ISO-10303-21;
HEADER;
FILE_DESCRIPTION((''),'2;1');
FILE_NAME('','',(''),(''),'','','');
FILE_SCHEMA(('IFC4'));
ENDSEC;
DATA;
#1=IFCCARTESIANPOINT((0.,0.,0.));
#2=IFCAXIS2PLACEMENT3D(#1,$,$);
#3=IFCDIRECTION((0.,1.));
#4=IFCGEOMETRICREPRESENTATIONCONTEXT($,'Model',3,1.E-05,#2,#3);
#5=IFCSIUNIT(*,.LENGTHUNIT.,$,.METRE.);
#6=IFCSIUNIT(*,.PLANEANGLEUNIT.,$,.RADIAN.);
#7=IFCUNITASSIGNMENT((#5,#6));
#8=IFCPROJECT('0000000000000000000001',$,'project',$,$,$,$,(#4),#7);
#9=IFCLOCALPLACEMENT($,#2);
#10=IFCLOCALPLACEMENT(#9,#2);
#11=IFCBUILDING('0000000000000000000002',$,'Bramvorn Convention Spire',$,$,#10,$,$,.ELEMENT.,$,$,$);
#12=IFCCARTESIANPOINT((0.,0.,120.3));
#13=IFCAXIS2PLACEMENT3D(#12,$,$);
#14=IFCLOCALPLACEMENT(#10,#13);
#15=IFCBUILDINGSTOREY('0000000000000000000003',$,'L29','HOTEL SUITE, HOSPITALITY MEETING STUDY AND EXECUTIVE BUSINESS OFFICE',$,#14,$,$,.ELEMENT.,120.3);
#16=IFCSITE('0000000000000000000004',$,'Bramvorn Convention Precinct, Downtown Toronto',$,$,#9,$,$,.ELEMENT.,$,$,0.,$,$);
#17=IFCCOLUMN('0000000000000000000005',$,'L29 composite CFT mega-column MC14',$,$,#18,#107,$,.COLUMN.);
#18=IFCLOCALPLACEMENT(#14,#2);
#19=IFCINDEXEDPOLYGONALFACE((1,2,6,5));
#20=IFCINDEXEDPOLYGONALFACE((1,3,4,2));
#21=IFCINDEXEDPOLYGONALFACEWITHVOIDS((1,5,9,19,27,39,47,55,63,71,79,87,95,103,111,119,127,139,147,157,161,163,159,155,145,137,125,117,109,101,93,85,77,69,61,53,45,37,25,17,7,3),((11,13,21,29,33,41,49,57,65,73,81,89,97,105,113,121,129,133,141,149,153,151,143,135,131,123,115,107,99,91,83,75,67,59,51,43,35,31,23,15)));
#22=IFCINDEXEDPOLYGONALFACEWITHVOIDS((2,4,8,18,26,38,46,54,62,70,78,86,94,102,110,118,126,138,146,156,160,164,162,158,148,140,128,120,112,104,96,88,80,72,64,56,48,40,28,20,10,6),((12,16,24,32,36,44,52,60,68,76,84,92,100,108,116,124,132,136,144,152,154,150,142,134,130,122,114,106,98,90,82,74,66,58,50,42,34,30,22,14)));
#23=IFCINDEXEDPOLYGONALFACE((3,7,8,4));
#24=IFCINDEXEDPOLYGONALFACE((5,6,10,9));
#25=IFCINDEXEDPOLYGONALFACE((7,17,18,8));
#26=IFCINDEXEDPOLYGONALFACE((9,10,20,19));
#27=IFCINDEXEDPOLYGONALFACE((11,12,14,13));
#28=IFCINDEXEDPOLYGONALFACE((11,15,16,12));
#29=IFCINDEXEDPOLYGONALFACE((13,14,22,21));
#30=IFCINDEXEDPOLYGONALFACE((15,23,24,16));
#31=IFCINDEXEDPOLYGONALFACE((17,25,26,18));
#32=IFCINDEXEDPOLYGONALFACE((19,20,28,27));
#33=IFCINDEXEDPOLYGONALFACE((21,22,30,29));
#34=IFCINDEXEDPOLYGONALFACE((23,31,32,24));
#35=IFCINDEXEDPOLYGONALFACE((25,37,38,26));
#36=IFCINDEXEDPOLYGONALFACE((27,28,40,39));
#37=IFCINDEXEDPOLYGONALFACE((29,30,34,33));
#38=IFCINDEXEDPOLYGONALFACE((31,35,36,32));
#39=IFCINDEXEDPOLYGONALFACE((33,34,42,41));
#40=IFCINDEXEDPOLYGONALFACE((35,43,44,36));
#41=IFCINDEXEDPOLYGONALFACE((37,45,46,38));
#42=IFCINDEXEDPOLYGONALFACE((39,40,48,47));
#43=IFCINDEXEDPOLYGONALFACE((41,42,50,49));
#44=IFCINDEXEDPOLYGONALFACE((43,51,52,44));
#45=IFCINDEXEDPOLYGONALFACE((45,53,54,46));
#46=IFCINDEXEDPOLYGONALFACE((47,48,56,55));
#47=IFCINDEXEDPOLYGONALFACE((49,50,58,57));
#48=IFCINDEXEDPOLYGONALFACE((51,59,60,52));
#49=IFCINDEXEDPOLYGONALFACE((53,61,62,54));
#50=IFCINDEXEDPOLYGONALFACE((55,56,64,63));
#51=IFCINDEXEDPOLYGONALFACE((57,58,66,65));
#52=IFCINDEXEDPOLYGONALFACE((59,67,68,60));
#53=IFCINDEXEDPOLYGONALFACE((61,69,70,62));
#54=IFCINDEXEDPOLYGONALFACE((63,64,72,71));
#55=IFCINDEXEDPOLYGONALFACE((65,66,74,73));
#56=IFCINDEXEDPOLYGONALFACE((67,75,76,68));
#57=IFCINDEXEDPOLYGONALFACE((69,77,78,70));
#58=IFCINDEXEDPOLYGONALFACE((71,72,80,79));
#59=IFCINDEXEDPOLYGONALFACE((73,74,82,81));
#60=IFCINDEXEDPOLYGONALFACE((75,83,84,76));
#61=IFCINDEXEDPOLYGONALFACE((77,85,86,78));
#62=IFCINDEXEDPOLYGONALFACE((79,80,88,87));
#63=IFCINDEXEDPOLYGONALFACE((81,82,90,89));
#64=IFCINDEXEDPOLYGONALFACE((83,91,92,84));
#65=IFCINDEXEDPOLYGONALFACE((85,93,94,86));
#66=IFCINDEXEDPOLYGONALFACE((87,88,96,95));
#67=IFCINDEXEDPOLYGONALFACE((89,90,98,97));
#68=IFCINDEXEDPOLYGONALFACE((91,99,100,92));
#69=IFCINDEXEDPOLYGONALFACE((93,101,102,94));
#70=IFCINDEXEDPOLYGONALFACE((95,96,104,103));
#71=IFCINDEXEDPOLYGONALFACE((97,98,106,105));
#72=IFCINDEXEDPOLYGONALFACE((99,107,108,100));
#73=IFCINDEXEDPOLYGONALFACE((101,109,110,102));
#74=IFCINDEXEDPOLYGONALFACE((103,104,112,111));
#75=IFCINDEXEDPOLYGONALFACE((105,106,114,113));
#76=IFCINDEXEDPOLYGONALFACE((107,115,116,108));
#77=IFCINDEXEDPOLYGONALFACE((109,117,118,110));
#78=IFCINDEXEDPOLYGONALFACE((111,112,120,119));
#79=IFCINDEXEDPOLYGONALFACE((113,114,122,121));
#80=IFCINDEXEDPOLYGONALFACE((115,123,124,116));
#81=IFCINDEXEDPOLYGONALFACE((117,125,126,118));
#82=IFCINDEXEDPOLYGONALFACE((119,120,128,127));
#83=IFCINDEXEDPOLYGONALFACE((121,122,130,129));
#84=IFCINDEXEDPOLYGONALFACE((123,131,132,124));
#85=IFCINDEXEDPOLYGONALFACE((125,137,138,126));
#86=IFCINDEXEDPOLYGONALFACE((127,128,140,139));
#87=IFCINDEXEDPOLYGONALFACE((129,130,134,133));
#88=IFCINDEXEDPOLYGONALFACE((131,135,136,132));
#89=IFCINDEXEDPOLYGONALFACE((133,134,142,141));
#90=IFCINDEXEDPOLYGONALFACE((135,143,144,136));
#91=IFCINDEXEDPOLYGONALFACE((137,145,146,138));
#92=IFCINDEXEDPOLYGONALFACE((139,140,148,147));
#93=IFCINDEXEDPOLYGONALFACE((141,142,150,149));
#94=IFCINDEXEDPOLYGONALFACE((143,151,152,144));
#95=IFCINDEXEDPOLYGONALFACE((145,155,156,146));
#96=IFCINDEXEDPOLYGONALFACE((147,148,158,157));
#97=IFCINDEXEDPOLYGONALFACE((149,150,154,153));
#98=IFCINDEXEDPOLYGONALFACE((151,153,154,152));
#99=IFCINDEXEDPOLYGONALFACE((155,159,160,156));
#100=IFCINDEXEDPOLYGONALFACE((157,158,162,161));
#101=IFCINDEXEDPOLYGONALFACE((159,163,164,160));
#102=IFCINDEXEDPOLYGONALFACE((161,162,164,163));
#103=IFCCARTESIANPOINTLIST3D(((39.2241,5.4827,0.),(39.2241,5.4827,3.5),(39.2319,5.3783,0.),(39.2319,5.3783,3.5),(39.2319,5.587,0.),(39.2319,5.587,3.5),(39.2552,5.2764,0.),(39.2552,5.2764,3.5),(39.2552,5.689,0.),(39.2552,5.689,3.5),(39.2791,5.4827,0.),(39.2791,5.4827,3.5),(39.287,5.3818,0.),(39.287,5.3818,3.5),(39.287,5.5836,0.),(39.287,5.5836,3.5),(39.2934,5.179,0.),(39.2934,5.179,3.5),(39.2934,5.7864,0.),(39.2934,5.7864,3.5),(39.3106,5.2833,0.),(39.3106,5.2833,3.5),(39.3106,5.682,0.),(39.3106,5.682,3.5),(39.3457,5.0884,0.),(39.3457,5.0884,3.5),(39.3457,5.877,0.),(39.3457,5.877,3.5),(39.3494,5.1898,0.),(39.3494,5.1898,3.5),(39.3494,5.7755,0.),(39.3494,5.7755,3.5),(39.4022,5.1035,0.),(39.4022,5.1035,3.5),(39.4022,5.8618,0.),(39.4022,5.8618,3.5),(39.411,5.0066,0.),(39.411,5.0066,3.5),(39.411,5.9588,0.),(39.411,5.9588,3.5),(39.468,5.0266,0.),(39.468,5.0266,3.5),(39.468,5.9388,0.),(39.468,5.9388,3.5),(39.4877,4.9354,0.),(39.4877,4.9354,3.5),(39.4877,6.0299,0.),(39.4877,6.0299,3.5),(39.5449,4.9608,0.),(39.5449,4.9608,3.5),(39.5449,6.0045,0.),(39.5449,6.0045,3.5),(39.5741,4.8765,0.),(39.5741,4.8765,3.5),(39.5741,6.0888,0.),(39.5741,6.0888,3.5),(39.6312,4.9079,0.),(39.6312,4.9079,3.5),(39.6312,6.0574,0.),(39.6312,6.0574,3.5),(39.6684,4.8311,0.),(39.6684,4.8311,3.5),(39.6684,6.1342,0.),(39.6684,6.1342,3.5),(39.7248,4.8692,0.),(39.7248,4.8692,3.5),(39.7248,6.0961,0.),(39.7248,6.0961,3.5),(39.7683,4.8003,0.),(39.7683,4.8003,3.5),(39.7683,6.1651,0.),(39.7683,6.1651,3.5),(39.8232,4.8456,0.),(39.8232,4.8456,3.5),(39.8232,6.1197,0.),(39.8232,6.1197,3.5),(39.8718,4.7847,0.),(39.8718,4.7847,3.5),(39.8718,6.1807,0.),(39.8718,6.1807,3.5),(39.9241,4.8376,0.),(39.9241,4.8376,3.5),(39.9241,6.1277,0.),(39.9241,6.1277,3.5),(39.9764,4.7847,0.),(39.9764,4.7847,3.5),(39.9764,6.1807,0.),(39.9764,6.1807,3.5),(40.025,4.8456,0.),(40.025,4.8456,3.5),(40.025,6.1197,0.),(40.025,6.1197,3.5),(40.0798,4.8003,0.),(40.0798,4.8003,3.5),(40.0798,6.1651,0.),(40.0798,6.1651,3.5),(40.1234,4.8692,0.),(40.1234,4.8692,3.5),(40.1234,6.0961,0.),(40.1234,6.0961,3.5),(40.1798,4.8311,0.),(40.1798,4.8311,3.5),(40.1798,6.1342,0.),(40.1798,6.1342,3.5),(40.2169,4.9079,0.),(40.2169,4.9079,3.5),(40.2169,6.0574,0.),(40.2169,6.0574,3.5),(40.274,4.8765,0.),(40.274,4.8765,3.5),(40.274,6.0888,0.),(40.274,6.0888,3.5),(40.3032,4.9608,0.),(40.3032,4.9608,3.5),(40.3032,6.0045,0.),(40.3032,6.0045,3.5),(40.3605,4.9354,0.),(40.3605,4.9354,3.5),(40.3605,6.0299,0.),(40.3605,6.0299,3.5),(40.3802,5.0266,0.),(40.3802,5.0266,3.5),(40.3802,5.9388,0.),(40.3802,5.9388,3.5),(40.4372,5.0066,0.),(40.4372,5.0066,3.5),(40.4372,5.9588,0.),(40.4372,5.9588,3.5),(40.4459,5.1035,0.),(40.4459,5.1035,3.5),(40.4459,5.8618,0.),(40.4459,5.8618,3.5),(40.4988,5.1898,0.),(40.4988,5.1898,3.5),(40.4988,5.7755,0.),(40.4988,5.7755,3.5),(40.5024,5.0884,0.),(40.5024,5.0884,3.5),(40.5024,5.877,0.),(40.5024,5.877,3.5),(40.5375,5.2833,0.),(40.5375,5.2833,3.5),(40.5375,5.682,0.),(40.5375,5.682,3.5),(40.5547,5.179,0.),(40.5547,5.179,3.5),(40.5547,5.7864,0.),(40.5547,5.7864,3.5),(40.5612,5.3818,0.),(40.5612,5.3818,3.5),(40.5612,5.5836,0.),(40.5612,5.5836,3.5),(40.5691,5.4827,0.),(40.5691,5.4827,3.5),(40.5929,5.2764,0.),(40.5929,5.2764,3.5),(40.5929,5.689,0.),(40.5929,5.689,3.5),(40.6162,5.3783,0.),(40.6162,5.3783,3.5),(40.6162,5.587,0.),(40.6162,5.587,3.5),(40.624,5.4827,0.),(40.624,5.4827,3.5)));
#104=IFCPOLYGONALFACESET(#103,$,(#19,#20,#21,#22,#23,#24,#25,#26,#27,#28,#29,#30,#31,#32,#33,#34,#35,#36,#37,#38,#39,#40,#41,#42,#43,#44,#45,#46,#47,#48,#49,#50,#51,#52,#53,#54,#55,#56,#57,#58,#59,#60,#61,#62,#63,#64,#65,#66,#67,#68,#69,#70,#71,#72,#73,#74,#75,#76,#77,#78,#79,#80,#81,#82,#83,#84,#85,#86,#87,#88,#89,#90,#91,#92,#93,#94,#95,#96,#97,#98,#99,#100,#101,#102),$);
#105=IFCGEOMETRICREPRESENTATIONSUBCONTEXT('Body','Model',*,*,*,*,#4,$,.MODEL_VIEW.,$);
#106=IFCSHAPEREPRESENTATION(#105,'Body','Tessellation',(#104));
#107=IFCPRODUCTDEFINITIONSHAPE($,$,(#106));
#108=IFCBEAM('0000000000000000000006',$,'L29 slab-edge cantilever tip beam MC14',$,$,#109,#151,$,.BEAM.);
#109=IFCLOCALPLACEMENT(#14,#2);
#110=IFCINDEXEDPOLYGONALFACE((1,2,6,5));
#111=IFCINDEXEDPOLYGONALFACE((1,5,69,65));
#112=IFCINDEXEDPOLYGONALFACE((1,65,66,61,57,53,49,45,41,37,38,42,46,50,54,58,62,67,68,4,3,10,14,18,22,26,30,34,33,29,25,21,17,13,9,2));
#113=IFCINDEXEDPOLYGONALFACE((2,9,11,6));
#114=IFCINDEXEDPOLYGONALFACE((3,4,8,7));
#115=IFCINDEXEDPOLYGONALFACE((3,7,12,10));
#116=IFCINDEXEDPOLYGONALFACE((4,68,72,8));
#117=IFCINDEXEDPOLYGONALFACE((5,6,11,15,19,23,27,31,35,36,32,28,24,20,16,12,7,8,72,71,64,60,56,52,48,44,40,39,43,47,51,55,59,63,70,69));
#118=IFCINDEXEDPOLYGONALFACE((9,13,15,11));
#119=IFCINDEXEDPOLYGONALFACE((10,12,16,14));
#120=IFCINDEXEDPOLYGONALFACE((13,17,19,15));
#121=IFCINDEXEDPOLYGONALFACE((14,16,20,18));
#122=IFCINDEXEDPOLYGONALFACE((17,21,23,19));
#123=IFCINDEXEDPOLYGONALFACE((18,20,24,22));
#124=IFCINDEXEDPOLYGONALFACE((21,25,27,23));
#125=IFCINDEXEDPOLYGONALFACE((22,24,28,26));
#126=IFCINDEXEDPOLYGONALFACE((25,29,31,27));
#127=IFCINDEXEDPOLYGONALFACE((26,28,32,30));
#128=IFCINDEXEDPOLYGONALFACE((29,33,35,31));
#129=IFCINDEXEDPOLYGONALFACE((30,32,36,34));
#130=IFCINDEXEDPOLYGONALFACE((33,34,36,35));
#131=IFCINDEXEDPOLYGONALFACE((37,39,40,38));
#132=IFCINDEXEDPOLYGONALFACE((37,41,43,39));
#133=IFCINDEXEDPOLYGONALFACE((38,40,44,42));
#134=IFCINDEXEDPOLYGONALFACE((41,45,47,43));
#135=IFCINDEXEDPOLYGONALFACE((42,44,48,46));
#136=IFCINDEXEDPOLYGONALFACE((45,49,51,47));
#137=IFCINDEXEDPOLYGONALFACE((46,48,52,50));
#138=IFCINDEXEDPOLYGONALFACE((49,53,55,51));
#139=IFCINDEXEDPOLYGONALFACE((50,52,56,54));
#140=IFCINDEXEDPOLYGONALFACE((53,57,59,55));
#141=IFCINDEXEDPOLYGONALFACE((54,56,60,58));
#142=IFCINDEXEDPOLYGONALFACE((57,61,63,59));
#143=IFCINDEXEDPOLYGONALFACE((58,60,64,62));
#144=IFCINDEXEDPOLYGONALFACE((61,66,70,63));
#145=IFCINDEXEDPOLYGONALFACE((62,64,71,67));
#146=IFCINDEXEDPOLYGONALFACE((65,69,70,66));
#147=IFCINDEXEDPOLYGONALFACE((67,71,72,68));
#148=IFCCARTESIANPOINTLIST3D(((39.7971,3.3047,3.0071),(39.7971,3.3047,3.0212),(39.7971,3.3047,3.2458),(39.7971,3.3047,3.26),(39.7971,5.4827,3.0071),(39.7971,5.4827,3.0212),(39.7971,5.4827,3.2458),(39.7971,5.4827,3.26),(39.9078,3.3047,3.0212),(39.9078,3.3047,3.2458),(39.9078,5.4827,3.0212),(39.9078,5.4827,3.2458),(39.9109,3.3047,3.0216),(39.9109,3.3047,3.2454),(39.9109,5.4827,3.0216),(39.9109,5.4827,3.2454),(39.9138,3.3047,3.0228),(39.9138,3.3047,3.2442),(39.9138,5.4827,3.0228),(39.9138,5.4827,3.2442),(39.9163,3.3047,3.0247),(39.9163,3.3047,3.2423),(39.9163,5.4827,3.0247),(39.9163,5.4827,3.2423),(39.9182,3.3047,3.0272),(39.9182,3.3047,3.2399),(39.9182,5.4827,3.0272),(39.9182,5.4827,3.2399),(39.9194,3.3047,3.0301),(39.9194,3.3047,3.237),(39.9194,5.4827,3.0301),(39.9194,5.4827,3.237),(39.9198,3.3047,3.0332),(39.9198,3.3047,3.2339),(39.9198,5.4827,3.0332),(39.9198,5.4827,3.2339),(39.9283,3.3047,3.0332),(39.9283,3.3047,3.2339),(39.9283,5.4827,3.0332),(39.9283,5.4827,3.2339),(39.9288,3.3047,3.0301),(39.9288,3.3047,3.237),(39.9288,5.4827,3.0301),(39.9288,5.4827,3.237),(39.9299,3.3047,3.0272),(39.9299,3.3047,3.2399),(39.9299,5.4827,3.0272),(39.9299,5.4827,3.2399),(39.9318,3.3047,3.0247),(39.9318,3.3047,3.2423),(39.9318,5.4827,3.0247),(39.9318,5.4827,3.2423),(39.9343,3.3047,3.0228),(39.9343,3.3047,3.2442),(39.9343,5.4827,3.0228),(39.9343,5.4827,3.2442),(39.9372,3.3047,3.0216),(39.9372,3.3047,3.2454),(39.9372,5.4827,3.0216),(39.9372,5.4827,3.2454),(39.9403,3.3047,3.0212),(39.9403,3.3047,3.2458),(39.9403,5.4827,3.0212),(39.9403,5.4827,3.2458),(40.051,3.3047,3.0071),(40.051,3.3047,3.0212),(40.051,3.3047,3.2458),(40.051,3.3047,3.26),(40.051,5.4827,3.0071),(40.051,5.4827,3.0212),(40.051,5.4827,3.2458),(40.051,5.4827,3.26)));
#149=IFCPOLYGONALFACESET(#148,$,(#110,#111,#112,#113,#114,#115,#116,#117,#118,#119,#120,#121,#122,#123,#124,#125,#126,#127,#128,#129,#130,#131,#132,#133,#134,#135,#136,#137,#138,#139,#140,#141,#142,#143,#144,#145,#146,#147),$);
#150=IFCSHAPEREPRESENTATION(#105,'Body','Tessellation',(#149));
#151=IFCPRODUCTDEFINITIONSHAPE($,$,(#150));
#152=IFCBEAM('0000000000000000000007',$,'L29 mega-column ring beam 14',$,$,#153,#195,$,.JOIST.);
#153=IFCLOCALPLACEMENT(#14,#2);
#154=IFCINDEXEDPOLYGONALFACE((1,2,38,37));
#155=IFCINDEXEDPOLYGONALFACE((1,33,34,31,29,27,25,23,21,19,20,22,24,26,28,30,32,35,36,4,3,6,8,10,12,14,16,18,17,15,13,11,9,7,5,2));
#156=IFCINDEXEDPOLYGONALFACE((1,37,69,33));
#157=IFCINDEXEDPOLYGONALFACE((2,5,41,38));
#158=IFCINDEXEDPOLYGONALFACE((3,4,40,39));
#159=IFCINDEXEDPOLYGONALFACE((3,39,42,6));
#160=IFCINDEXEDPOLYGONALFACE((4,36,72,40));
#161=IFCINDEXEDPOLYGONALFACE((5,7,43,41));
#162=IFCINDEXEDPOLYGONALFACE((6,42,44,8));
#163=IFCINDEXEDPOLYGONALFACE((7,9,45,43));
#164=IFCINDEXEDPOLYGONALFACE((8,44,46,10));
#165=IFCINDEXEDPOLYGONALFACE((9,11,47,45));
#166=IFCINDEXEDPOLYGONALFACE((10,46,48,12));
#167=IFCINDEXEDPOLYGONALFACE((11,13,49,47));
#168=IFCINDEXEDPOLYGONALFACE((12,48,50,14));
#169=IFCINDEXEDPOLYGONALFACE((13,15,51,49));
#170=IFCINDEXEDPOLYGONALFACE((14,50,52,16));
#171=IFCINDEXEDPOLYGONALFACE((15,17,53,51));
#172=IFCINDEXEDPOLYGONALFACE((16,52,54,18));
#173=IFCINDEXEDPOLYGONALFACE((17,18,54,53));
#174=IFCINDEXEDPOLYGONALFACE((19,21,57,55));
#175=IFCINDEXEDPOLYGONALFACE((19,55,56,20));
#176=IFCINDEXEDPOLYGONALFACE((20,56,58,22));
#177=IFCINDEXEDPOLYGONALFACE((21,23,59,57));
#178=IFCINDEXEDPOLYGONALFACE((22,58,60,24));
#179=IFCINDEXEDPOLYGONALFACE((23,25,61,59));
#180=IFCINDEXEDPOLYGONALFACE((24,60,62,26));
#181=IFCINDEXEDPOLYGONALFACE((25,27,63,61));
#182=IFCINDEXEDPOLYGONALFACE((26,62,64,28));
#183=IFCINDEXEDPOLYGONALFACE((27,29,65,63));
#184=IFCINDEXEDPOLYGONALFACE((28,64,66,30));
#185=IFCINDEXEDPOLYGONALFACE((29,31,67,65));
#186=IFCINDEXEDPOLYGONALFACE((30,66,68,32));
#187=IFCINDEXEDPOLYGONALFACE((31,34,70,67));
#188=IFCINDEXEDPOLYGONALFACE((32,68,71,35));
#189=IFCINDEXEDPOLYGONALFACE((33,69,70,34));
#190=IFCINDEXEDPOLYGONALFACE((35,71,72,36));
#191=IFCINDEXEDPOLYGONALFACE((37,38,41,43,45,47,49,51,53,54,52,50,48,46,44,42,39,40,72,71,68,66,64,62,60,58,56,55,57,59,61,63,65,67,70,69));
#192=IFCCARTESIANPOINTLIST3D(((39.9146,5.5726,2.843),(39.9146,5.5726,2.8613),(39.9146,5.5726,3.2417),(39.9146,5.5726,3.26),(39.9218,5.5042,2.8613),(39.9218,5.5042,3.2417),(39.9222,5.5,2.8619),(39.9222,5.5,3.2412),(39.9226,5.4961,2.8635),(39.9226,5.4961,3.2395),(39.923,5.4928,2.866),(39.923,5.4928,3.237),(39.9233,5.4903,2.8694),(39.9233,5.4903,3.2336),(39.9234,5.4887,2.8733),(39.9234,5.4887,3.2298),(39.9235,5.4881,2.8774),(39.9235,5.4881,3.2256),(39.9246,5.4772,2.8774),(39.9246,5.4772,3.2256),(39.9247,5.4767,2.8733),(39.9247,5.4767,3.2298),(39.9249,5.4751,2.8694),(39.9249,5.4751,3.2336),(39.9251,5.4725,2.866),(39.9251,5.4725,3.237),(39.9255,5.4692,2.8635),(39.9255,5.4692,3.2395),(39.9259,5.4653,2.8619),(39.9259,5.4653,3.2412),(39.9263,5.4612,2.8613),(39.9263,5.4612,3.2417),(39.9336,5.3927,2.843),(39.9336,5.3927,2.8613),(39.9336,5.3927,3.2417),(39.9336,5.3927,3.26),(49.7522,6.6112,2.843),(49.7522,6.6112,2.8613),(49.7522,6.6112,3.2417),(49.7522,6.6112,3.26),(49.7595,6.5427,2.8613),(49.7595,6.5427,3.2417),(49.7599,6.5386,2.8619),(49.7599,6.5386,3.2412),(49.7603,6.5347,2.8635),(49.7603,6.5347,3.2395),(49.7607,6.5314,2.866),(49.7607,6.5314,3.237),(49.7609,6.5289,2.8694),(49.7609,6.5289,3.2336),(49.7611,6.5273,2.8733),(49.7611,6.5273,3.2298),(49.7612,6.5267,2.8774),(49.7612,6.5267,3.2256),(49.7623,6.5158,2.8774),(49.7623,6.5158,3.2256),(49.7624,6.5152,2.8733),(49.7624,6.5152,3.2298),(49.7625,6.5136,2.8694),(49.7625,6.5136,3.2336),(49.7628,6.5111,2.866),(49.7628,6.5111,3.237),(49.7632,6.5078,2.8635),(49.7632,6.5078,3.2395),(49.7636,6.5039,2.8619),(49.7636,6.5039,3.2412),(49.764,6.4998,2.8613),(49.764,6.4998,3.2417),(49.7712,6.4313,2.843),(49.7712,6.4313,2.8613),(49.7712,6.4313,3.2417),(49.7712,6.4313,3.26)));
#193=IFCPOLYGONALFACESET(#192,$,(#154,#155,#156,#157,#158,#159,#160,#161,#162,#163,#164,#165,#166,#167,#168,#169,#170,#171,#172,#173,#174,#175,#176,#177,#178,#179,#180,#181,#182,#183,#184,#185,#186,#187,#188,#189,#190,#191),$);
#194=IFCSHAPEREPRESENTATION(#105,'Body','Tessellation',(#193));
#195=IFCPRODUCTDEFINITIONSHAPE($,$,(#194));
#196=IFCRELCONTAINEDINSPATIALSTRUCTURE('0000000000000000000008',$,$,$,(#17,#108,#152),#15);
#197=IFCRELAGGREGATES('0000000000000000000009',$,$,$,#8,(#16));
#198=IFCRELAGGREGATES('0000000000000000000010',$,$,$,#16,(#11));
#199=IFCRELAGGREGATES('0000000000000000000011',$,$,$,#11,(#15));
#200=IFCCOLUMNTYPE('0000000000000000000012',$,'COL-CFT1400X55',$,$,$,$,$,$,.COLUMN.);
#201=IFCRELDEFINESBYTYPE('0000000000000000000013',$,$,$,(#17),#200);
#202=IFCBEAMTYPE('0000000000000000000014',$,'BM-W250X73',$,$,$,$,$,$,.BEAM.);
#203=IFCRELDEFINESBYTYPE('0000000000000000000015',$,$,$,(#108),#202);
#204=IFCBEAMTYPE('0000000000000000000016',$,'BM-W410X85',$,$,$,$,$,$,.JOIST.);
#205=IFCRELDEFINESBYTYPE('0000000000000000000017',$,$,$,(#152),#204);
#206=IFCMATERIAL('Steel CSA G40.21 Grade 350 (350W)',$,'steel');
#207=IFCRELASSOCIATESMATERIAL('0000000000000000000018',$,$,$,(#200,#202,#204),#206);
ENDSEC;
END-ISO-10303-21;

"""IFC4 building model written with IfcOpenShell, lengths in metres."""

from ifc_helpers import new_model, si_unit, direction, frame, origin, origin_2d, place, context, subcontext, project, spatial, hollow_circle, i_section, extrude, material, material_profile, profile_set, type_object, element, save


model = new_model("IFC4")

# Units and contexts
model_context = context("Model", 3, precision=1e-05, world=origin(), true_north=direction((0.0, 1.0)))
body_context = subcontext(model_context, "Body", "Model", "MODEL_VIEW")
ifc_project = project(units=[si_unit("LENGTHUNIT", "METRE"), si_unit("PLANEANGLEUNIT", "RADIAN")], contexts=[model_context])

# Site, building, storey
site_placement = place(None, origin())
site = spatial("IfcSite", under=ifc_project, at=site_placement, Name="Bramvorn Convention Precinct, Downtown Toronto", CompositionType="ELEMENT", RefElevation=0.0)
building_placement = place(site_placement, origin())
building = spatial("IfcBuilding", under=site, at=building_placement, Name="Bramvorn Convention Spire", CompositionType="ELEMENT")
storey_placement = place(building_placement, frame((0.0, 0.0, 120.3)))
storey = spatial("IfcBuildingStorey", under=building, at=storey_placement, Name="L29", Description="HOTEL SUITE, HOSPITALITY MEETING STUDY AND EXECUTIVE BUSINESS OFFICE", CompositionType="ELEMENT", Elevation=120.3)

# Column
ifc_material_1 = material(Name="Steel CSA G40.21 Grade 350 (350W)", Category="steel")
ifc_material_profile_1 = material_profile(ifc_material_1, hollow_circle(Radius=0.7, WallThickness=0.0549, at=origin_2d()))
ifc_profile_set_1 = profile_set([ifc_material_profile_1], Name="Steel CSA G40.21 Grade 350 (350W) - CFT1400X55")
column_type = type_object("IfcColumnType", Name="COL-CFT1400X55", PredefinedType="COLUMN", material=ifc_profile_set_1)
column_placement = place(storey_placement, frame((39.9241, 5.4827, 0.0), z_axis=(0.0, 0.0, 1.0), x_axis=(1.0, 0.0, 0.0)))
element("IfcColumn", 1, at=column_placement, inside=storey, type_object=column_type, Name="L29 composite CFT mega-column MC14", PredefinedType="COLUMN", context=body_context, shape_type="SweptSolid", body=[
    extrude(hollow_circle(Radius=0.7, WallThickness=0.0549, at=origin_2d()), origin(), (0.0, 0.0, 1.0), 3.5),
])

# Beams
ifc_material_profile_2 = material_profile(ifc_material_1, i_section(OverallWidth=0.2539, OverallDepth=0.2529, WebThickness=0.0085, FlangeThickness=0.0142, FilletRadius=0.012, at=origin_2d()))
ifc_profile_set_2 = profile_set([ifc_material_profile_2], Name="Steel CSA G40.21 Grade 350 (350W) - W250X73")
beam_type_1 = type_object("IfcBeamType", Name="BM-W250X73", PredefinedType="BEAM", material=ifc_profile_set_2)
beam_1_placement = place(storey_placement, frame((39.9241, 5.4827, 3.1335), z_axis=(0.0, -1.0, 0.0), x_axis=(1.0, 0.0, 0.0)))
element("IfcBeam", 2, at=beam_1_placement, inside=storey, type_object=beam_type_1, Name="L29 slab-edge cantilever tip beam MC14", PredefinedType="BEAM", context=body_context, shape_type="SweptSolid", body=[
    extrude(i_section(OverallWidth=0.2539, OverallDepth=0.2529, WebThickness=0.0085, FlangeThickness=0.0142, FilletRadius=0.012, at=origin_2d()), origin(), (0.0, 0.0, 1.0), 2.178),
])
ifc_material_profile_3 = material_profile(ifc_material_1, i_section(OverallWidth=0.1809, OverallDepth=0.417, WebThickness=0.011, FlangeThickness=0.0183, FilletRadius=0.0161, at=origin_2d()))
ifc_profile_set_3 = profile_set([ifc_material_profile_3], Name="Steel CSA G40.21 Grade 350 (350W) - W410X85")
beam_type_2 = type_object("IfcBeamType", Name="BM-W410X85", PredefinedType="JOIST", material=ifc_profile_set_3)
beam_2_placement = place(storey_placement, frame((39.9241, 5.4827, 3.0515), z_axis=(0.994473, 0.104988, 0.0), x_axis=(-0.104988, 0.994473, 0.0)))
element("IfcBeam", 3, at=beam_2_placement, inside=storey, type_object=beam_type_2, Name="L29 mega-column ring beam 14", PredefinedType="JOIST", context=body_context, shape_type="SweptSolid", body=[
    extrude(i_section(OverallWidth=0.1809, OverallDepth=0.417, WebThickness=0.011, FlangeThickness=0.0183, FilletRadius=0.0161, at=origin_2d()), origin(), (0.0, 0.0, 1.0), 9.8923),
])

save(model, "model.ifc")
